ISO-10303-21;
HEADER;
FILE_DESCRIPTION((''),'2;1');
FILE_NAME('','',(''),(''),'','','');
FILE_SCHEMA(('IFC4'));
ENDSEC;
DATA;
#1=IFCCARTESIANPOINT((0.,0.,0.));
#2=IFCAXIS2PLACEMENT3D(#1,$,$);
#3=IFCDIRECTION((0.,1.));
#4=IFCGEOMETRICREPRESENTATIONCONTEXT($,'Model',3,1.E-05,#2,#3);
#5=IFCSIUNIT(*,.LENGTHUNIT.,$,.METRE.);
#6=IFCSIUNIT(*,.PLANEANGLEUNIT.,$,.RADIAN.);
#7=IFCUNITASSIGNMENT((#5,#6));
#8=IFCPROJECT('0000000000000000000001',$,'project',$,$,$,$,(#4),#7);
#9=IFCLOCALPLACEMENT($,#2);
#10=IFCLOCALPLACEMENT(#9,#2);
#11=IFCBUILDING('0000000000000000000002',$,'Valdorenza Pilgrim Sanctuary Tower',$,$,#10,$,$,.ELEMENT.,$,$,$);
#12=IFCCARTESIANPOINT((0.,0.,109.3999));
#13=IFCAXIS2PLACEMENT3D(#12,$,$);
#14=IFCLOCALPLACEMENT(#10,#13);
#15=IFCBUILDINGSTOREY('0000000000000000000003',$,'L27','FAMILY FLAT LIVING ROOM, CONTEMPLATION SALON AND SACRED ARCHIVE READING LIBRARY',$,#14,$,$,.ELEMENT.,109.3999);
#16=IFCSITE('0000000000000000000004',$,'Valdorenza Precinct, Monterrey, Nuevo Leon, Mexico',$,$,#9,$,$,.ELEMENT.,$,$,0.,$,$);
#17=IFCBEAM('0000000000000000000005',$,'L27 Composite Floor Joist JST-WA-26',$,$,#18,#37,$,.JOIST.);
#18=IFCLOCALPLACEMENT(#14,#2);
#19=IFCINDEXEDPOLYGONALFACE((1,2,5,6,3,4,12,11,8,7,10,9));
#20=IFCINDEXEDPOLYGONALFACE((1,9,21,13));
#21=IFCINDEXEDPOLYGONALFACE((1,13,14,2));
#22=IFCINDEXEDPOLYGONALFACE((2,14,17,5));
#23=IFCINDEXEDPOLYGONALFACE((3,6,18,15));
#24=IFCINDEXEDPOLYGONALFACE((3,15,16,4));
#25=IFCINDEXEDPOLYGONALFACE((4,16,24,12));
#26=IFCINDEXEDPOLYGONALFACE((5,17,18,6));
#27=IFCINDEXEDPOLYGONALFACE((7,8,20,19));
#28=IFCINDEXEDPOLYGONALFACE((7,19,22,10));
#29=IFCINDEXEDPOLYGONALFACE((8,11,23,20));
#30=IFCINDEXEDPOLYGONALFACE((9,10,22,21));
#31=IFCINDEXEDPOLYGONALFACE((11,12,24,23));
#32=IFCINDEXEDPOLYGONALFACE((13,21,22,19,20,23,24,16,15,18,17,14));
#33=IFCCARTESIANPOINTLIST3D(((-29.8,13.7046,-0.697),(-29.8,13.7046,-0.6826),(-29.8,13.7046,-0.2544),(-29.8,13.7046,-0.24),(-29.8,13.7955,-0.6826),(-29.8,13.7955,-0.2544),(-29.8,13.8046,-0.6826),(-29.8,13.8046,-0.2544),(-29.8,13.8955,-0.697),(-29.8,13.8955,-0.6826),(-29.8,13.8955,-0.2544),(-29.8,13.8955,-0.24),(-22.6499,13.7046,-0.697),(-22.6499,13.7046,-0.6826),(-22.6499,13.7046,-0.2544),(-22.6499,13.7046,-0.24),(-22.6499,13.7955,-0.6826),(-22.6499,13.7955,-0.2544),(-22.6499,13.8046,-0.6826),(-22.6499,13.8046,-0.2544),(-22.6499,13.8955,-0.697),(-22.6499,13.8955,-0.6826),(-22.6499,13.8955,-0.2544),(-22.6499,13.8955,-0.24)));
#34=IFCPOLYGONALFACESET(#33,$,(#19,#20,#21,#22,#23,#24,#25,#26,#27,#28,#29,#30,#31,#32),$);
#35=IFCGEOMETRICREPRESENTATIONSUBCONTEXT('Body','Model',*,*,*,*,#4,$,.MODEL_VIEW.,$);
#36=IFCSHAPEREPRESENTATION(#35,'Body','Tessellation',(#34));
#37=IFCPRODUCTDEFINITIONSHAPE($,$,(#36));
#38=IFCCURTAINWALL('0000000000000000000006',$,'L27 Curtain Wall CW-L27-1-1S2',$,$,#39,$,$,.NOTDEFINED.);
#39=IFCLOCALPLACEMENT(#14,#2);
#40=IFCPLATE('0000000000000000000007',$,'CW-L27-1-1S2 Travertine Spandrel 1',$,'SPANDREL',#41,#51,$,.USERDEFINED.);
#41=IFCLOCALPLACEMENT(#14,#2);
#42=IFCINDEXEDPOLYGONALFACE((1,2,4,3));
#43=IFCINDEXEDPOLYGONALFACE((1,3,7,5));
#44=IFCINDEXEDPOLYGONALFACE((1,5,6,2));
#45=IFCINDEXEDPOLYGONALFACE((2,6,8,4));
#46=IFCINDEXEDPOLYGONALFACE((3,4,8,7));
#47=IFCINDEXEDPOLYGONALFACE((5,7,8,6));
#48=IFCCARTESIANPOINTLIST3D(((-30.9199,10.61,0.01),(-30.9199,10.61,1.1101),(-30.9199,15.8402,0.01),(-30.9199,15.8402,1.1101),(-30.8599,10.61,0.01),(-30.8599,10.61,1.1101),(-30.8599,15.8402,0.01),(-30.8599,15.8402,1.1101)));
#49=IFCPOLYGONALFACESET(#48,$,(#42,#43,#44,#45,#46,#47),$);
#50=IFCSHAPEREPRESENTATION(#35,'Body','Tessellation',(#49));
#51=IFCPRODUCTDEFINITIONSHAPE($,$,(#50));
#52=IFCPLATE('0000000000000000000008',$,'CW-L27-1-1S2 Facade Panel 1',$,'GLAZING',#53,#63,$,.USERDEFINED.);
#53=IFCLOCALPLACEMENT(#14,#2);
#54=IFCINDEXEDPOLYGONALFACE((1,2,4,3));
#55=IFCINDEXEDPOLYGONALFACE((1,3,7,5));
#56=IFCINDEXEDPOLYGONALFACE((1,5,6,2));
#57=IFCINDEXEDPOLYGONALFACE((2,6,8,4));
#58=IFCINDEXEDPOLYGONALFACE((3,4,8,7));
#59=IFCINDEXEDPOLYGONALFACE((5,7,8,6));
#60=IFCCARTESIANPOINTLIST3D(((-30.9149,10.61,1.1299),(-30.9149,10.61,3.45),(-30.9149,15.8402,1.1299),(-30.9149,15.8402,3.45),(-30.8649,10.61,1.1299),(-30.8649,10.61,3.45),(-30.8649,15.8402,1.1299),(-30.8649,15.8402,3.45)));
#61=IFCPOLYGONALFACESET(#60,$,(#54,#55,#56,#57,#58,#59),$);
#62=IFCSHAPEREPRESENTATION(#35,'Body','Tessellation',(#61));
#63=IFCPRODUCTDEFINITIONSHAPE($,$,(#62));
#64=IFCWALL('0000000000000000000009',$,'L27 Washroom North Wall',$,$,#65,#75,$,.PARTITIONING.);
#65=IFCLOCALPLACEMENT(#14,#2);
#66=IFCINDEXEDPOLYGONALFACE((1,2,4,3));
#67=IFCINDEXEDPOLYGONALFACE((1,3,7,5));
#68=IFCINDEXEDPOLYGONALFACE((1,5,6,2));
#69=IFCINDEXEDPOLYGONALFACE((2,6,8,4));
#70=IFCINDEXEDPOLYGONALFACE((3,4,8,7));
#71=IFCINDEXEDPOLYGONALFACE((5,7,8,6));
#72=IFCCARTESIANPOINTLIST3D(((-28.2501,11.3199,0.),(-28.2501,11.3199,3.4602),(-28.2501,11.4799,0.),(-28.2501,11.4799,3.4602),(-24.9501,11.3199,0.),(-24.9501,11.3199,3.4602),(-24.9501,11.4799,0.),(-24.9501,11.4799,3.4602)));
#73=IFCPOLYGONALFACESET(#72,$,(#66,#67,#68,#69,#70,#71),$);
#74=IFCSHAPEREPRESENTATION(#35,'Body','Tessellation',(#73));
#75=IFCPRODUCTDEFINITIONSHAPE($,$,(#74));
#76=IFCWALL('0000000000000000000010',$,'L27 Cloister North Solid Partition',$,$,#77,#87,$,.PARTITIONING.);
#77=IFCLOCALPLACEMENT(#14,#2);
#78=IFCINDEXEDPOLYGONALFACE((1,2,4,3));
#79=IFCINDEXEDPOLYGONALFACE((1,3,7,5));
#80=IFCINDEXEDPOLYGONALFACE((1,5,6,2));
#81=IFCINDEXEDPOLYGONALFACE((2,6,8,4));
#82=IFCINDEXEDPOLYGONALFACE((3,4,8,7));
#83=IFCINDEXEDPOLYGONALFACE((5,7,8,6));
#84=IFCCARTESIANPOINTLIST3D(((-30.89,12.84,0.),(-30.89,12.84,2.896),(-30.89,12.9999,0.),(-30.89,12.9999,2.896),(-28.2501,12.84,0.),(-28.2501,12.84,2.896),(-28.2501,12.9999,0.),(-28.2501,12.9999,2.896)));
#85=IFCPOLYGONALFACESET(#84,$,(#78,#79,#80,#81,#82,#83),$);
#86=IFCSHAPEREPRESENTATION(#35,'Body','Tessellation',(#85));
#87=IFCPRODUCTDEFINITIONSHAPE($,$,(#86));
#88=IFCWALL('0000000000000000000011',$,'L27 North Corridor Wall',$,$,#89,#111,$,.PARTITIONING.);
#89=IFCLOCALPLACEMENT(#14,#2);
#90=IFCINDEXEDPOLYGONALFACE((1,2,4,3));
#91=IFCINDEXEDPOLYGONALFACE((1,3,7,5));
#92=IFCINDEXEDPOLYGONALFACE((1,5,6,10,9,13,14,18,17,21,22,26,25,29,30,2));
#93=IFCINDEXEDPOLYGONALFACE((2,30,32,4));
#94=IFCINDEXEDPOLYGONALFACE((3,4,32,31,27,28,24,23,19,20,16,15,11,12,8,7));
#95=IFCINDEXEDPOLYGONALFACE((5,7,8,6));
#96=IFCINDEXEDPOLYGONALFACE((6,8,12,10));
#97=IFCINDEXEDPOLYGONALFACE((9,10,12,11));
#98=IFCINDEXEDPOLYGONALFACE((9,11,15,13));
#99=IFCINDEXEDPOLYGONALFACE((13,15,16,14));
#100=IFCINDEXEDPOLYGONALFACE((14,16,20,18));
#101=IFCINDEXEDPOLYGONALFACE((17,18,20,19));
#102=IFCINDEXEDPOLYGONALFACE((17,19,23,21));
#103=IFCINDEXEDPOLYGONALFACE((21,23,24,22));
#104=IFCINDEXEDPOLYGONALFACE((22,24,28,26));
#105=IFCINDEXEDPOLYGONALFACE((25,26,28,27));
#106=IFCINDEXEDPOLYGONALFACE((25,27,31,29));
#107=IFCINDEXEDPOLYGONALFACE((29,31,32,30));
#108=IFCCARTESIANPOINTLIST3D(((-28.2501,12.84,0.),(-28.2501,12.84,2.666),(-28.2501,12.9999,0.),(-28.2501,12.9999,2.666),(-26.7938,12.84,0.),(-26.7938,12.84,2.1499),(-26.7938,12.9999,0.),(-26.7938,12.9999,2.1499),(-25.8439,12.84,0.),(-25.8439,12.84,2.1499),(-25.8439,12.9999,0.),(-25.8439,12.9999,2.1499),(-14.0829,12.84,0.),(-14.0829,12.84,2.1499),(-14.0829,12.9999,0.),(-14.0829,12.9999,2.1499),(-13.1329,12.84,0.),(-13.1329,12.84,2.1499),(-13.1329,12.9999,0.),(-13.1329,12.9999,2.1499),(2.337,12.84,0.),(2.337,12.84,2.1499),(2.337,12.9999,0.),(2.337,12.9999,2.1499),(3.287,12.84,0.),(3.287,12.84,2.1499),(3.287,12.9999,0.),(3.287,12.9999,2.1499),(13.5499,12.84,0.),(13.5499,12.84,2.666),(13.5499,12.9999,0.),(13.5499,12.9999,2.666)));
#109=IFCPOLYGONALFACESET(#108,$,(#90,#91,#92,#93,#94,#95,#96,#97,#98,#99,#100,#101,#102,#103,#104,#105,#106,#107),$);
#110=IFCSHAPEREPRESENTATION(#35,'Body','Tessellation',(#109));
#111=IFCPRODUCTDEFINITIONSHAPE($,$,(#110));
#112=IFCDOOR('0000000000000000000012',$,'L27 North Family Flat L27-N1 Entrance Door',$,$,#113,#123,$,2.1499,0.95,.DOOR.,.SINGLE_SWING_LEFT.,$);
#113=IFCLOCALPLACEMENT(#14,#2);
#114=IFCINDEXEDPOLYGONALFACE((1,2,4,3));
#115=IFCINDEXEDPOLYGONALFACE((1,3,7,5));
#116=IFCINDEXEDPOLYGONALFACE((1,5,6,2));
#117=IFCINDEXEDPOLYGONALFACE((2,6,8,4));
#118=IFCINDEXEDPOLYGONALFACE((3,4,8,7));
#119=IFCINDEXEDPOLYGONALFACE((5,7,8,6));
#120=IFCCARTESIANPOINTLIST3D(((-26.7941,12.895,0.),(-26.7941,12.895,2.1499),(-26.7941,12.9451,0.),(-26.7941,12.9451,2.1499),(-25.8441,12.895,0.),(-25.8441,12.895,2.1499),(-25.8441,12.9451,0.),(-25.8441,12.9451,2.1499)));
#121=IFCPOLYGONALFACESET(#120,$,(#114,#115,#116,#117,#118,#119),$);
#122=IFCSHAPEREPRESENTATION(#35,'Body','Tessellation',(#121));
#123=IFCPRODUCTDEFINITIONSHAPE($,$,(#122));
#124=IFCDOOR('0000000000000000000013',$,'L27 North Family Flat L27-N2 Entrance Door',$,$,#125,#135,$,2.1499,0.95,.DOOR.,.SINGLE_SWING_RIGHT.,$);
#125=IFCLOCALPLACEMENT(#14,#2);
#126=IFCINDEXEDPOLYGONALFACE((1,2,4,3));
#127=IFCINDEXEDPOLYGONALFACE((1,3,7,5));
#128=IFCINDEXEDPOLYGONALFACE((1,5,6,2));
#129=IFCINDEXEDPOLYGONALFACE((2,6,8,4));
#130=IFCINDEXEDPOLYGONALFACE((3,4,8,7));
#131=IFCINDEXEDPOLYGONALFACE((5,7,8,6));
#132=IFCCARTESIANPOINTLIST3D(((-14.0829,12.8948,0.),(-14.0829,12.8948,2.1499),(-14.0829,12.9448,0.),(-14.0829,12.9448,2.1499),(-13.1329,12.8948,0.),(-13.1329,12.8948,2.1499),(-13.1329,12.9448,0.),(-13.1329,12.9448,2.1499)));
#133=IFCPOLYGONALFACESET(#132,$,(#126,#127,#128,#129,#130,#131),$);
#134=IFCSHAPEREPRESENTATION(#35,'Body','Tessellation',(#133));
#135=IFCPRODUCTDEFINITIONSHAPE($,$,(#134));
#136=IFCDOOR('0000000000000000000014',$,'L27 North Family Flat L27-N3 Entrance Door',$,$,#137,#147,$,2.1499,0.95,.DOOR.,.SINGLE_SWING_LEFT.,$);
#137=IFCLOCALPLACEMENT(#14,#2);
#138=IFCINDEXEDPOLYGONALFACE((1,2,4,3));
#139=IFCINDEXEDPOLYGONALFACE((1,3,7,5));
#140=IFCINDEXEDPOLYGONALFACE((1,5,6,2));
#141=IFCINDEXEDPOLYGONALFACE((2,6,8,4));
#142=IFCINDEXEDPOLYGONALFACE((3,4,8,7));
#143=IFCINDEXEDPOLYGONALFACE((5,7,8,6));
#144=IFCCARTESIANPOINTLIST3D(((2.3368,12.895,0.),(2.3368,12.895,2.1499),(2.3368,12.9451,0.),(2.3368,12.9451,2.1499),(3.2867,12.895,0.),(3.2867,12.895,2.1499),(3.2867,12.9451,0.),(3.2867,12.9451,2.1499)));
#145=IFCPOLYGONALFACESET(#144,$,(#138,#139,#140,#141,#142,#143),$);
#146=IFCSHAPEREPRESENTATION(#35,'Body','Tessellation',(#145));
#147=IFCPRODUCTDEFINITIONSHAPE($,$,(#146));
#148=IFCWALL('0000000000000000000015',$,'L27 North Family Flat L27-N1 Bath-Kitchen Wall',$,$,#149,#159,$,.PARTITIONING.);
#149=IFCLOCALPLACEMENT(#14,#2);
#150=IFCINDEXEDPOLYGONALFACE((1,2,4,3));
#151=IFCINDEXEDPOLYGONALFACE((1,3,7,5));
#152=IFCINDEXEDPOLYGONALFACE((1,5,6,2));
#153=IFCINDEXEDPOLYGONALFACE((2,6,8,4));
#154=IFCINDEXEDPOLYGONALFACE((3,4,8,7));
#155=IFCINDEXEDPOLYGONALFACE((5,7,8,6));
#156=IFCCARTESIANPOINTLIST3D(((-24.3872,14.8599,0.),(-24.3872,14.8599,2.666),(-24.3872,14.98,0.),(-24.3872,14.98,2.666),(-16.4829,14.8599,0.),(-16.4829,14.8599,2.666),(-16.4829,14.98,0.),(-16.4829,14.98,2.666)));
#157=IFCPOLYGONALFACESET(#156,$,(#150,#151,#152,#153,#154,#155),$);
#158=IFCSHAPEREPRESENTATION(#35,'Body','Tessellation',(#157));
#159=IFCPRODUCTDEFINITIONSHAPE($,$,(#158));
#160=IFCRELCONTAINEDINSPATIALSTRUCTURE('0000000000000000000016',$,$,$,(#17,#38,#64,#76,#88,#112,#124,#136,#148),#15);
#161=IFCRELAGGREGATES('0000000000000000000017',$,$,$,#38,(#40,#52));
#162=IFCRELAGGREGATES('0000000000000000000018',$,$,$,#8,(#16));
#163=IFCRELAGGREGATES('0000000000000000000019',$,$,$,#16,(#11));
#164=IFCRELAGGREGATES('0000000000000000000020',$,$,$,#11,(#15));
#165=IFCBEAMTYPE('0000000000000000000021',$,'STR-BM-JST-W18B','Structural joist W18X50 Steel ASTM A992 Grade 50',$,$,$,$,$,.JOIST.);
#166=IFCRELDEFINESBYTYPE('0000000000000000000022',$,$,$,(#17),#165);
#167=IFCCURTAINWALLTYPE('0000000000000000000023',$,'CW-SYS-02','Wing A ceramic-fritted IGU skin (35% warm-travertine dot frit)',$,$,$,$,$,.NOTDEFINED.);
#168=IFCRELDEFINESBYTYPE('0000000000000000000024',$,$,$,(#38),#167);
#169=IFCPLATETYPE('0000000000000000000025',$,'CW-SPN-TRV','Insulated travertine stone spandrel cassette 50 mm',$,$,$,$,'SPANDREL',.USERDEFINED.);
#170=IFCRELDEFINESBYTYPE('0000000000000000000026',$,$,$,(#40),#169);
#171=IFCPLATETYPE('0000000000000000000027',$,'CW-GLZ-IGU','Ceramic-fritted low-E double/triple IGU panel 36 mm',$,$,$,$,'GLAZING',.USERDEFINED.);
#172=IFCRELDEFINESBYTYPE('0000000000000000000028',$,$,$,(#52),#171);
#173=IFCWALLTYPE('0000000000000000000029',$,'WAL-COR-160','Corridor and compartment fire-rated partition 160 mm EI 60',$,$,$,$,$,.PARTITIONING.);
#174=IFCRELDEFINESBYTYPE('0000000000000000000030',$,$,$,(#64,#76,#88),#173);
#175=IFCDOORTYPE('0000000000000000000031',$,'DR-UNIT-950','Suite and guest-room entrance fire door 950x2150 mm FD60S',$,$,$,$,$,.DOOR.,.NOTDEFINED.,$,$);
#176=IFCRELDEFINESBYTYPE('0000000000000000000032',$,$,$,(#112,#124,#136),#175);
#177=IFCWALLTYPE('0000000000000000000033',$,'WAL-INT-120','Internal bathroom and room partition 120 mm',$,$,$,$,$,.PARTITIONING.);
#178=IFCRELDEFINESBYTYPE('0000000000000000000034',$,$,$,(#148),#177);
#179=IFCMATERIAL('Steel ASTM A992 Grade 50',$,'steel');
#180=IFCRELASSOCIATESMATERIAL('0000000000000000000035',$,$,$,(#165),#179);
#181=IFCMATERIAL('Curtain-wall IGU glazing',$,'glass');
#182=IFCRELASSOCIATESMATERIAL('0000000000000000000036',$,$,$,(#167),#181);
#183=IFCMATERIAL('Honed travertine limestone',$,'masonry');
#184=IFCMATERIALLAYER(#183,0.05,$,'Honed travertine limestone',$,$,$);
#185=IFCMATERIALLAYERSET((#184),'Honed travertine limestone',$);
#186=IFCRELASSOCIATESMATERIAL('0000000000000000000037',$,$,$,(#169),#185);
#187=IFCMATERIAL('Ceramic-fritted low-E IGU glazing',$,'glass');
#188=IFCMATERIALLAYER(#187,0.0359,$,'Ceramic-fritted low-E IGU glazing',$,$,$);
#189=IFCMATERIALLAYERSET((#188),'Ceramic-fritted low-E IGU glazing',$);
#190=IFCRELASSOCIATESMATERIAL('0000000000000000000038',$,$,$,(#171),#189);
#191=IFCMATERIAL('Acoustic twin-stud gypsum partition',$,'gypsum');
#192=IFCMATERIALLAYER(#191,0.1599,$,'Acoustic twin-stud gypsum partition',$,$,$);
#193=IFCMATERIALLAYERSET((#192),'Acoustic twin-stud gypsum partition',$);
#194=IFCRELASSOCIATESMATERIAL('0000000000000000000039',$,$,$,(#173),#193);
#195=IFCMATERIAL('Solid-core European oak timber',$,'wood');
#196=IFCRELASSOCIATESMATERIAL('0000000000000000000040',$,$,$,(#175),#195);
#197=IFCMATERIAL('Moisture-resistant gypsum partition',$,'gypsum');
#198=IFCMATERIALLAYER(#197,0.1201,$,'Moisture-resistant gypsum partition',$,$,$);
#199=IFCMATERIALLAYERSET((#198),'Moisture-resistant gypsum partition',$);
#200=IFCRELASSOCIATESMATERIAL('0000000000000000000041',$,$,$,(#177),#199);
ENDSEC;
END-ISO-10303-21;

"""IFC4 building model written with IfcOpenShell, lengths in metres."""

from ifc_helpers import new_model, si_unit, direction, frame, frame_2d, origin, origin_2d, place, context, subcontext, project, spatial, rectangle, i_section, extrude, source, transform, mapped, material, layer, layer_set, material_profile, profile_set, type_object, element, fill, aggregate, save


model = new_model("IFC4")

# Units and contexts
model_context = context("Model", 3, precision=1e-05, world=origin(), true_north=direction((0.0, 1.0)))
body_context = subcontext(model_context, "Body", "Model", "MODEL_VIEW")
ifc_project = project(units=[si_unit("LENGTHUNIT", "METRE"), si_unit("PLANEANGLEUNIT", "RADIAN")], contexts=[model_context])

# Site, building, storey
site_placement = place(None, origin())
site = spatial("IfcSite", under=ifc_project, at=site_placement, Name="Valdorenza Precinct, Monterrey, Nuevo Leon, Mexico", CompositionType="ELEMENT", RefElevation=0.0)
building_placement = place(site_placement, origin())
building = spatial("IfcBuilding", under=site, at=building_placement, Name="Valdorenza Pilgrim Sanctuary Tower", CompositionType="ELEMENT")
storey_placement = place(building_placement, frame((0.0, 0.0, 109.3999)))
storey = spatial("IfcBuildingStorey", under=building, at=storey_placement, Name="L27", Description="FAMILY FLAT LIVING ROOM, CONTEMPLATION SALON AND SACRED ARCHIVE READING LIBRARY", CompositionType="ELEMENT", Elevation=109.3999)

# Beam
ifc_material_1 = material(Name="Steel ASTM A992 Grade 50", Category="steel")
ifc_material_profile_1 = material_profile(ifc_material_1, i_section(OverallWidth=0.1909, OverallDepth=0.457, WebThickness=0.009, FlangeThickness=0.0144, at=origin_2d()), Name="W18X50")
ifc_profile_set_1 = profile_set([ifc_material_profile_1], Name="Steel ASTM A992 Grade 50")
beam_type_1 = type_object("IfcBeamType", Name="STR-BM-JST-W18B", Description="Structural joist W18X50 Steel ASTM A992 Grade 50", PredefinedType="JOIST", material=ifc_profile_set_1)
shared_shape_1 = source(origin(), body_context, "Body", "SweptSolid", [
    extrude(i_section(OverallWidth=0.1909, OverallDepth=0.457, WebThickness=0.009, FlangeThickness=0.0144, at=origin_2d()), origin(), (0.0, 0.0, 1.0), 7.1501),
])
for number, where, z_axis, x_axis, name in (
    (1, (-29.8, 13.8, -0.4685), (1.0, 0.0, 0.0), (0.0, 1.0, 0.0), "L27 Composite Floor Joist JST-WA-26"),
):
    element("IfcBeam", number, at=place(storey_placement, frame(where, z_axis=z_axis, x_axis=x_axis)), inside=storey, type_object=beam_type_1, Name=name, PredefinedType="JOIST", context=body_context, shape_type="MappedRepresentation", body=[
        mapped(shared_shape_1, transform((0.0, 0.0, 0.0), x_axis=(1.0, 0.0, 0.0), y_axis=(0.0, 1.0, 0.0), z_axis=(0.0, 0.0, 1.0), scale=1.0)),
    ])

# Curtain wall, plates
ifc_material_2 = material(Name="Curtain-wall IGU glazing", Category="glass")
curtain_wall_type = type_object("IfcCurtainWallType", Name="CW-SYS-02", Description="Wing A ceramic-fritted IGU skin (35% warm-travertine dot frit)", PredefinedType="NOTDEFINED", material=ifc_material_2)
curtain_wall_placement = place(storey_placement, origin())
curtain_wall = element("IfcCurtainWall", 2, at=curtain_wall_placement, inside=storey, type_object=curtain_wall_type, Name="L27 Curtain Wall CW-L27-1-1S2", PredefinedType="NOTDEFINED")
ifc_material_3 = material(Name="Honed travertine limestone", Category="masonry")
ifc_layer_1 = layer(ifc_material_3, 0.05, Name="Honed travertine limestone")
ifc_layer_set_1 = layer_set([ifc_layer_1], Name="Honed travertine limestone")
plate_type_1 = type_object("IfcPlateType", Name="CW-SPN-TRV", Description="Insulated travertine stone spandrel cassette 50 mm", ElementType="SPANDREL", PredefinedType="USERDEFINED", material=ifc_layer_set_1)
shared_shape_2 = source(origin(), body_context, "Body", "SweptSolid", [
    extrude(rectangle(XDim=5.2302, YDim=0.0601, at=origin_2d()), origin(), (0.0, 0.0, 1.0), 1.1001),
])
plate_1_placement = place(storey_placement, frame((-30.8899, 13.2251, 0.01), z_axis=(0.0, 0.0, 1.0), x_axis=(0.0, 1.0, 0.0)))
plate_1 = element("IfcPlate", 3, at=plate_1_placement, type_object=plate_type_1, Name="CW-L27-1-1S2 Travertine Spandrel 1", ObjectType="SPANDREL", PredefinedType="USERDEFINED", context=body_context, shape_type="MappedRepresentation", body=[
    mapped(shared_shape_2, transform((0.0, 0.0, 0.0), x_axis=(1.0, 0.0, 0.0), y_axis=(0.0, 1.0, 0.0), z_axis=(0.0, 0.0, 1.0), scale=1.0)),
])
ifc_material_4 = material(Name="Ceramic-fritted low-E IGU glazing", Category="glass")
ifc_layer_2 = layer(ifc_material_4, 0.0359, Name="Ceramic-fritted low-E IGU glazing")
ifc_layer_set_2 = layer_set([ifc_layer_2], Name="Ceramic-fritted low-E IGU glazing")
plate_type_2 = type_object("IfcPlateType", Name="CW-GLZ-IGU", Description="Ceramic-fritted low-E double/triple IGU panel 36 mm", ElementType="GLAZING", PredefinedType="USERDEFINED", material=ifc_layer_set_2)
shared_shape_3 = source(origin(), body_context, "Body", "SweptSolid", [
    extrude(rectangle(XDim=5.2302, YDim=0.05, at=origin_2d()), origin(), (0.0, 0.0, 1.0), 2.3201),
])
plate_2_placement = place(storey_placement, frame((-30.8899, 13.2251, 1.1299), z_axis=(0.0, 0.0, 1.0), x_axis=(0.0, 1.0, 0.0)))
plate_2 = element("IfcPlate", 4, at=plate_2_placement, type_object=plate_type_2, Name="CW-L27-1-1S2 Facade Panel 1", ObjectType="GLAZING", PredefinedType="USERDEFINED", context=body_context, shape_type="MappedRepresentation", body=[
    mapped(shared_shape_3, transform((0.0, 0.0, 0.0), x_axis=(1.0, 0.0, 0.0), y_axis=(0.0, 1.0, 0.0), z_axis=(0.0, 0.0, 1.0), scale=1.0)),
])
aggregate(curtain_wall, [plate_1, plate_2])

# Walls
ifc_material_5 = material(Name="Acoustic twin-stud gypsum partition", Category="gypsum")
ifc_layer_3 = layer(ifc_material_5, 0.1599, Name="Acoustic twin-stud gypsum partition")
ifc_layer_set_3 = layer_set([ifc_layer_3], Name="Acoustic twin-stud gypsum partition")
wall_type_1 = type_object("IfcWallType", Name="WAL-COR-160", Description="Corridor and compartment fire-rated partition 160 mm EI 60", PredefinedType="PARTITIONING", material=ifc_layer_set_3)
wall_1_placement = place(storey_placement, frame((-28.25, 11.3999, 0.0), z_axis=(0.0, 0.0, 1.0), x_axis=(1.0, 0.0, 0.0)))
element("IfcWall", 5, at=wall_1_placement, inside=storey, type_object=wall_type_1, Name="L27 Washroom North Wall", PredefinedType="PARTITIONING", context=body_context, shape_type="SweptSolid", body=[
    extrude(rectangle(XDim=3.3, YDim=0.1599, at=frame_2d((1.6499, 0.0))), origin(), (0.0, 0.0, 1.0), 3.4602),
])
wall_2_placement = place(storey_placement, frame((-30.8899, 12.9199, 0.0), z_axis=(0.0, 0.0, 1.0), x_axis=(1.0, 0.0, 0.0)))
element("IfcWall", 6, at=wall_2_placement, inside=storey, type_object=wall_type_1, Name="L27 Cloister North Solid Partition", PredefinedType="PARTITIONING", context=body_context, shape_type="SweptSolid", body=[
    extrude(rectangle(XDim=2.6399, YDim=0.1599, at=frame_2d((1.3198, 0.0))), origin(), (0.0, 0.0, 1.0), 2.896),
])

# Wall, openings, doors
wall_3_placement = place(storey_placement, frame((-28.25, 12.9199, 0.0), z_axis=(0.0, 0.0, 1.0), x_axis=(1.0, 0.0, 0.0)))
wall_3 = element("IfcWall", 7, at=wall_3_placement, inside=storey, type_object=wall_type_1, Name="L27 North Corridor Wall", PredefinedType="PARTITIONING", context=body_context, shape_type="SweptSolid", body=[
    extrude(rectangle(XDim=41.8, YDim=0.1599, at=frame_2d((20.8999, 0.0))), origin(), (0.0, 0.0, 1.0), 2.666),
])
opening_1_placement = place(wall_3_placement, frame((1.4561, 0.0, 0.0)))
opening_1 = element("IfcOpeningElement", 8, at=opening_1_placement, cuts=wall_3, PredefinedType="OPENING", context=body_context, shape_type="SweptSolid", body=[
    extrude(rectangle(XDim=0.95, YDim=2.1499, at=frame_2d((0.4751, 1.075))), frame((0.0, 0.0947, 0.0), z_axis=(0.0, -1.0, 0.0), x_axis=(1.0, 0.0, 0.0)), (0.0, 0.0, 1.0), 0.1897),
])
opening_2_placement = place(wall_3_placement, frame((14.167, 0.0, 0.0)))
opening_2 = element("IfcOpeningElement", 9, at=opening_2_placement, cuts=wall_3, PredefinedType="OPENING", context=body_context, shape_type="SweptSolid", body=[
    extrude(rectangle(XDim=0.95, YDim=2.1499, at=frame_2d((0.4751, 1.075))), frame((0.0, 0.0947, 0.0), z_axis=(0.0, -1.0, 0.0), x_axis=(1.0, 0.0, 0.0)), (0.0, 0.0, 1.0), 0.1897),
])
opening_3_placement = place(wall_3_placement, frame((30.5869, 0.0, 0.0)))
opening_3 = element("IfcOpeningElement", 10, at=opening_3_placement, cuts=wall_3, PredefinedType="OPENING", context=body_context, shape_type="SweptSolid", body=[
    extrude(rectangle(XDim=0.95, YDim=2.1499, at=frame_2d((0.4751, 1.075))), frame((0.0, 0.0947, 0.0), z_axis=(0.0, -1.0, 0.0), x_axis=(1.0, 0.0, 0.0)), (0.0, 0.0, 1.0), 0.1897),
])
ifc_material_6 = material(Name="Solid-core European oak timber", Category="wood")
door_type_1 = type_object("IfcDoorType", Name="DR-UNIT-950", Description="Suite and guest-room entrance fire door 950x2150 mm FD60S", OperationType="NOTDEFINED", PredefinedType="DOOR", material=ifc_material_6)
door_1_placement = place(opening_1_placement, frame((0.95, 0.0, 0.0), z_axis=(0.0, 0.0, 1.0), x_axis=(-1.0, 0.0, 0.0)))
door_1 = element("IfcDoor", 11, at=door_1_placement, inside=storey, type_object=door_type_1, Name="L27 North Family Flat L27-N1 Entrance Door", OperationType="SINGLE_SWING_LEFT", OverallHeight=2.1499, OverallWidth=0.95, PredefinedType="DOOR", context=body_context, shape_type="SweptSolid", body=[
    extrude(rectangle(XDim=0.95, YDim=2.1499, at=frame_2d((0.4751, 1.075))), frame((0.0, 0.0249, 0.0), z_axis=(0.0, -1.0, 0.0), x_axis=(1.0, 0.0, 0.0)), (0.0, 0.0, 1.0), 0.05),
])
fill(opening_1, door_1)
door_2_placement = place(opening_2_placement, origin())
door_2 = element("IfcDoor", 12, at=door_2_placement, inside=storey, type_object=door_type_1, Name="L27 North Family Flat L27-N2 Entrance Door", OperationType="SINGLE_SWING_RIGHT", OverallHeight=2.1499, OverallWidth=0.95, PredefinedType="DOOR", context=body_context, shape_type="SweptSolid", body=[
    extrude(rectangle(XDim=0.95, YDim=2.1499, at=frame_2d((0.4751, 1.075))), frame((0.0, 0.0249, 0.0), z_axis=(0.0, -1.0, 0.0), x_axis=(1.0, 0.0, 0.0)), (0.0, 0.0, 1.0), 0.05),
])
fill(opening_2, door_2)
door_3_placement = place(opening_3_placement, frame((0.95, 0.0, 0.0), z_axis=(0.0, 0.0, 1.0), x_axis=(-1.0, 0.0, 0.0)))
door_3 = element("IfcDoor", 13, at=door_3_placement, inside=storey, type_object=door_type_1, Name="L27 North Family Flat L27-N3 Entrance Door", OperationType="SINGLE_SWING_LEFT", OverallHeight=2.1499, OverallWidth=0.95, PredefinedType="DOOR", context=body_context, shape_type="SweptSolid", body=[
    extrude(rectangle(XDim=0.95, YDim=2.1499, at=frame_2d((0.4751, 1.075))), frame((0.0, 0.0249, 0.0), z_axis=(0.0, -1.0, 0.0), x_axis=(1.0, 0.0, 0.0)), (0.0, 0.0, 1.0), 0.05),
])
fill(opening_3, door_3)

# Wall
ifc_material_7 = material(Name="Moisture-resistant gypsum partition", Category="gypsum")
ifc_layer_4 = layer(ifc_material_7, 0.1201, Name="Moisture-resistant gypsum partition")
ifc_layer_set_4 = layer_set([ifc_layer_4], Name="Moisture-resistant gypsum partition")
wall_type_2 = type_object("IfcWallType", Name="WAL-INT-120", Description="Internal bathroom and room partition 120 mm", PredefinedType="PARTITIONING", material=ifc_layer_set_4)
wall_4_placement = place(storey_placement, frame((-24.3872, 14.9199, 0.0), z_axis=(0.0, 0.0, 1.0), x_axis=(1.0, 0.0, 0.0)))
element("IfcWall", 14, at=wall_4_placement, inside=storey, type_object=wall_type_2, Name="L27 North Family Flat L27-N1 Bath-Kitchen Wall", PredefinedType="PARTITIONING", context=body_context, shape_type="SweptSolid", body=[
    extrude(rectangle(XDim=7.9043, YDim=0.1201, at=frame_2d((3.9521, 0.0))), origin(), (0.0, 0.0, 1.0), 2.666),
])

save(model, "model.ifc")
